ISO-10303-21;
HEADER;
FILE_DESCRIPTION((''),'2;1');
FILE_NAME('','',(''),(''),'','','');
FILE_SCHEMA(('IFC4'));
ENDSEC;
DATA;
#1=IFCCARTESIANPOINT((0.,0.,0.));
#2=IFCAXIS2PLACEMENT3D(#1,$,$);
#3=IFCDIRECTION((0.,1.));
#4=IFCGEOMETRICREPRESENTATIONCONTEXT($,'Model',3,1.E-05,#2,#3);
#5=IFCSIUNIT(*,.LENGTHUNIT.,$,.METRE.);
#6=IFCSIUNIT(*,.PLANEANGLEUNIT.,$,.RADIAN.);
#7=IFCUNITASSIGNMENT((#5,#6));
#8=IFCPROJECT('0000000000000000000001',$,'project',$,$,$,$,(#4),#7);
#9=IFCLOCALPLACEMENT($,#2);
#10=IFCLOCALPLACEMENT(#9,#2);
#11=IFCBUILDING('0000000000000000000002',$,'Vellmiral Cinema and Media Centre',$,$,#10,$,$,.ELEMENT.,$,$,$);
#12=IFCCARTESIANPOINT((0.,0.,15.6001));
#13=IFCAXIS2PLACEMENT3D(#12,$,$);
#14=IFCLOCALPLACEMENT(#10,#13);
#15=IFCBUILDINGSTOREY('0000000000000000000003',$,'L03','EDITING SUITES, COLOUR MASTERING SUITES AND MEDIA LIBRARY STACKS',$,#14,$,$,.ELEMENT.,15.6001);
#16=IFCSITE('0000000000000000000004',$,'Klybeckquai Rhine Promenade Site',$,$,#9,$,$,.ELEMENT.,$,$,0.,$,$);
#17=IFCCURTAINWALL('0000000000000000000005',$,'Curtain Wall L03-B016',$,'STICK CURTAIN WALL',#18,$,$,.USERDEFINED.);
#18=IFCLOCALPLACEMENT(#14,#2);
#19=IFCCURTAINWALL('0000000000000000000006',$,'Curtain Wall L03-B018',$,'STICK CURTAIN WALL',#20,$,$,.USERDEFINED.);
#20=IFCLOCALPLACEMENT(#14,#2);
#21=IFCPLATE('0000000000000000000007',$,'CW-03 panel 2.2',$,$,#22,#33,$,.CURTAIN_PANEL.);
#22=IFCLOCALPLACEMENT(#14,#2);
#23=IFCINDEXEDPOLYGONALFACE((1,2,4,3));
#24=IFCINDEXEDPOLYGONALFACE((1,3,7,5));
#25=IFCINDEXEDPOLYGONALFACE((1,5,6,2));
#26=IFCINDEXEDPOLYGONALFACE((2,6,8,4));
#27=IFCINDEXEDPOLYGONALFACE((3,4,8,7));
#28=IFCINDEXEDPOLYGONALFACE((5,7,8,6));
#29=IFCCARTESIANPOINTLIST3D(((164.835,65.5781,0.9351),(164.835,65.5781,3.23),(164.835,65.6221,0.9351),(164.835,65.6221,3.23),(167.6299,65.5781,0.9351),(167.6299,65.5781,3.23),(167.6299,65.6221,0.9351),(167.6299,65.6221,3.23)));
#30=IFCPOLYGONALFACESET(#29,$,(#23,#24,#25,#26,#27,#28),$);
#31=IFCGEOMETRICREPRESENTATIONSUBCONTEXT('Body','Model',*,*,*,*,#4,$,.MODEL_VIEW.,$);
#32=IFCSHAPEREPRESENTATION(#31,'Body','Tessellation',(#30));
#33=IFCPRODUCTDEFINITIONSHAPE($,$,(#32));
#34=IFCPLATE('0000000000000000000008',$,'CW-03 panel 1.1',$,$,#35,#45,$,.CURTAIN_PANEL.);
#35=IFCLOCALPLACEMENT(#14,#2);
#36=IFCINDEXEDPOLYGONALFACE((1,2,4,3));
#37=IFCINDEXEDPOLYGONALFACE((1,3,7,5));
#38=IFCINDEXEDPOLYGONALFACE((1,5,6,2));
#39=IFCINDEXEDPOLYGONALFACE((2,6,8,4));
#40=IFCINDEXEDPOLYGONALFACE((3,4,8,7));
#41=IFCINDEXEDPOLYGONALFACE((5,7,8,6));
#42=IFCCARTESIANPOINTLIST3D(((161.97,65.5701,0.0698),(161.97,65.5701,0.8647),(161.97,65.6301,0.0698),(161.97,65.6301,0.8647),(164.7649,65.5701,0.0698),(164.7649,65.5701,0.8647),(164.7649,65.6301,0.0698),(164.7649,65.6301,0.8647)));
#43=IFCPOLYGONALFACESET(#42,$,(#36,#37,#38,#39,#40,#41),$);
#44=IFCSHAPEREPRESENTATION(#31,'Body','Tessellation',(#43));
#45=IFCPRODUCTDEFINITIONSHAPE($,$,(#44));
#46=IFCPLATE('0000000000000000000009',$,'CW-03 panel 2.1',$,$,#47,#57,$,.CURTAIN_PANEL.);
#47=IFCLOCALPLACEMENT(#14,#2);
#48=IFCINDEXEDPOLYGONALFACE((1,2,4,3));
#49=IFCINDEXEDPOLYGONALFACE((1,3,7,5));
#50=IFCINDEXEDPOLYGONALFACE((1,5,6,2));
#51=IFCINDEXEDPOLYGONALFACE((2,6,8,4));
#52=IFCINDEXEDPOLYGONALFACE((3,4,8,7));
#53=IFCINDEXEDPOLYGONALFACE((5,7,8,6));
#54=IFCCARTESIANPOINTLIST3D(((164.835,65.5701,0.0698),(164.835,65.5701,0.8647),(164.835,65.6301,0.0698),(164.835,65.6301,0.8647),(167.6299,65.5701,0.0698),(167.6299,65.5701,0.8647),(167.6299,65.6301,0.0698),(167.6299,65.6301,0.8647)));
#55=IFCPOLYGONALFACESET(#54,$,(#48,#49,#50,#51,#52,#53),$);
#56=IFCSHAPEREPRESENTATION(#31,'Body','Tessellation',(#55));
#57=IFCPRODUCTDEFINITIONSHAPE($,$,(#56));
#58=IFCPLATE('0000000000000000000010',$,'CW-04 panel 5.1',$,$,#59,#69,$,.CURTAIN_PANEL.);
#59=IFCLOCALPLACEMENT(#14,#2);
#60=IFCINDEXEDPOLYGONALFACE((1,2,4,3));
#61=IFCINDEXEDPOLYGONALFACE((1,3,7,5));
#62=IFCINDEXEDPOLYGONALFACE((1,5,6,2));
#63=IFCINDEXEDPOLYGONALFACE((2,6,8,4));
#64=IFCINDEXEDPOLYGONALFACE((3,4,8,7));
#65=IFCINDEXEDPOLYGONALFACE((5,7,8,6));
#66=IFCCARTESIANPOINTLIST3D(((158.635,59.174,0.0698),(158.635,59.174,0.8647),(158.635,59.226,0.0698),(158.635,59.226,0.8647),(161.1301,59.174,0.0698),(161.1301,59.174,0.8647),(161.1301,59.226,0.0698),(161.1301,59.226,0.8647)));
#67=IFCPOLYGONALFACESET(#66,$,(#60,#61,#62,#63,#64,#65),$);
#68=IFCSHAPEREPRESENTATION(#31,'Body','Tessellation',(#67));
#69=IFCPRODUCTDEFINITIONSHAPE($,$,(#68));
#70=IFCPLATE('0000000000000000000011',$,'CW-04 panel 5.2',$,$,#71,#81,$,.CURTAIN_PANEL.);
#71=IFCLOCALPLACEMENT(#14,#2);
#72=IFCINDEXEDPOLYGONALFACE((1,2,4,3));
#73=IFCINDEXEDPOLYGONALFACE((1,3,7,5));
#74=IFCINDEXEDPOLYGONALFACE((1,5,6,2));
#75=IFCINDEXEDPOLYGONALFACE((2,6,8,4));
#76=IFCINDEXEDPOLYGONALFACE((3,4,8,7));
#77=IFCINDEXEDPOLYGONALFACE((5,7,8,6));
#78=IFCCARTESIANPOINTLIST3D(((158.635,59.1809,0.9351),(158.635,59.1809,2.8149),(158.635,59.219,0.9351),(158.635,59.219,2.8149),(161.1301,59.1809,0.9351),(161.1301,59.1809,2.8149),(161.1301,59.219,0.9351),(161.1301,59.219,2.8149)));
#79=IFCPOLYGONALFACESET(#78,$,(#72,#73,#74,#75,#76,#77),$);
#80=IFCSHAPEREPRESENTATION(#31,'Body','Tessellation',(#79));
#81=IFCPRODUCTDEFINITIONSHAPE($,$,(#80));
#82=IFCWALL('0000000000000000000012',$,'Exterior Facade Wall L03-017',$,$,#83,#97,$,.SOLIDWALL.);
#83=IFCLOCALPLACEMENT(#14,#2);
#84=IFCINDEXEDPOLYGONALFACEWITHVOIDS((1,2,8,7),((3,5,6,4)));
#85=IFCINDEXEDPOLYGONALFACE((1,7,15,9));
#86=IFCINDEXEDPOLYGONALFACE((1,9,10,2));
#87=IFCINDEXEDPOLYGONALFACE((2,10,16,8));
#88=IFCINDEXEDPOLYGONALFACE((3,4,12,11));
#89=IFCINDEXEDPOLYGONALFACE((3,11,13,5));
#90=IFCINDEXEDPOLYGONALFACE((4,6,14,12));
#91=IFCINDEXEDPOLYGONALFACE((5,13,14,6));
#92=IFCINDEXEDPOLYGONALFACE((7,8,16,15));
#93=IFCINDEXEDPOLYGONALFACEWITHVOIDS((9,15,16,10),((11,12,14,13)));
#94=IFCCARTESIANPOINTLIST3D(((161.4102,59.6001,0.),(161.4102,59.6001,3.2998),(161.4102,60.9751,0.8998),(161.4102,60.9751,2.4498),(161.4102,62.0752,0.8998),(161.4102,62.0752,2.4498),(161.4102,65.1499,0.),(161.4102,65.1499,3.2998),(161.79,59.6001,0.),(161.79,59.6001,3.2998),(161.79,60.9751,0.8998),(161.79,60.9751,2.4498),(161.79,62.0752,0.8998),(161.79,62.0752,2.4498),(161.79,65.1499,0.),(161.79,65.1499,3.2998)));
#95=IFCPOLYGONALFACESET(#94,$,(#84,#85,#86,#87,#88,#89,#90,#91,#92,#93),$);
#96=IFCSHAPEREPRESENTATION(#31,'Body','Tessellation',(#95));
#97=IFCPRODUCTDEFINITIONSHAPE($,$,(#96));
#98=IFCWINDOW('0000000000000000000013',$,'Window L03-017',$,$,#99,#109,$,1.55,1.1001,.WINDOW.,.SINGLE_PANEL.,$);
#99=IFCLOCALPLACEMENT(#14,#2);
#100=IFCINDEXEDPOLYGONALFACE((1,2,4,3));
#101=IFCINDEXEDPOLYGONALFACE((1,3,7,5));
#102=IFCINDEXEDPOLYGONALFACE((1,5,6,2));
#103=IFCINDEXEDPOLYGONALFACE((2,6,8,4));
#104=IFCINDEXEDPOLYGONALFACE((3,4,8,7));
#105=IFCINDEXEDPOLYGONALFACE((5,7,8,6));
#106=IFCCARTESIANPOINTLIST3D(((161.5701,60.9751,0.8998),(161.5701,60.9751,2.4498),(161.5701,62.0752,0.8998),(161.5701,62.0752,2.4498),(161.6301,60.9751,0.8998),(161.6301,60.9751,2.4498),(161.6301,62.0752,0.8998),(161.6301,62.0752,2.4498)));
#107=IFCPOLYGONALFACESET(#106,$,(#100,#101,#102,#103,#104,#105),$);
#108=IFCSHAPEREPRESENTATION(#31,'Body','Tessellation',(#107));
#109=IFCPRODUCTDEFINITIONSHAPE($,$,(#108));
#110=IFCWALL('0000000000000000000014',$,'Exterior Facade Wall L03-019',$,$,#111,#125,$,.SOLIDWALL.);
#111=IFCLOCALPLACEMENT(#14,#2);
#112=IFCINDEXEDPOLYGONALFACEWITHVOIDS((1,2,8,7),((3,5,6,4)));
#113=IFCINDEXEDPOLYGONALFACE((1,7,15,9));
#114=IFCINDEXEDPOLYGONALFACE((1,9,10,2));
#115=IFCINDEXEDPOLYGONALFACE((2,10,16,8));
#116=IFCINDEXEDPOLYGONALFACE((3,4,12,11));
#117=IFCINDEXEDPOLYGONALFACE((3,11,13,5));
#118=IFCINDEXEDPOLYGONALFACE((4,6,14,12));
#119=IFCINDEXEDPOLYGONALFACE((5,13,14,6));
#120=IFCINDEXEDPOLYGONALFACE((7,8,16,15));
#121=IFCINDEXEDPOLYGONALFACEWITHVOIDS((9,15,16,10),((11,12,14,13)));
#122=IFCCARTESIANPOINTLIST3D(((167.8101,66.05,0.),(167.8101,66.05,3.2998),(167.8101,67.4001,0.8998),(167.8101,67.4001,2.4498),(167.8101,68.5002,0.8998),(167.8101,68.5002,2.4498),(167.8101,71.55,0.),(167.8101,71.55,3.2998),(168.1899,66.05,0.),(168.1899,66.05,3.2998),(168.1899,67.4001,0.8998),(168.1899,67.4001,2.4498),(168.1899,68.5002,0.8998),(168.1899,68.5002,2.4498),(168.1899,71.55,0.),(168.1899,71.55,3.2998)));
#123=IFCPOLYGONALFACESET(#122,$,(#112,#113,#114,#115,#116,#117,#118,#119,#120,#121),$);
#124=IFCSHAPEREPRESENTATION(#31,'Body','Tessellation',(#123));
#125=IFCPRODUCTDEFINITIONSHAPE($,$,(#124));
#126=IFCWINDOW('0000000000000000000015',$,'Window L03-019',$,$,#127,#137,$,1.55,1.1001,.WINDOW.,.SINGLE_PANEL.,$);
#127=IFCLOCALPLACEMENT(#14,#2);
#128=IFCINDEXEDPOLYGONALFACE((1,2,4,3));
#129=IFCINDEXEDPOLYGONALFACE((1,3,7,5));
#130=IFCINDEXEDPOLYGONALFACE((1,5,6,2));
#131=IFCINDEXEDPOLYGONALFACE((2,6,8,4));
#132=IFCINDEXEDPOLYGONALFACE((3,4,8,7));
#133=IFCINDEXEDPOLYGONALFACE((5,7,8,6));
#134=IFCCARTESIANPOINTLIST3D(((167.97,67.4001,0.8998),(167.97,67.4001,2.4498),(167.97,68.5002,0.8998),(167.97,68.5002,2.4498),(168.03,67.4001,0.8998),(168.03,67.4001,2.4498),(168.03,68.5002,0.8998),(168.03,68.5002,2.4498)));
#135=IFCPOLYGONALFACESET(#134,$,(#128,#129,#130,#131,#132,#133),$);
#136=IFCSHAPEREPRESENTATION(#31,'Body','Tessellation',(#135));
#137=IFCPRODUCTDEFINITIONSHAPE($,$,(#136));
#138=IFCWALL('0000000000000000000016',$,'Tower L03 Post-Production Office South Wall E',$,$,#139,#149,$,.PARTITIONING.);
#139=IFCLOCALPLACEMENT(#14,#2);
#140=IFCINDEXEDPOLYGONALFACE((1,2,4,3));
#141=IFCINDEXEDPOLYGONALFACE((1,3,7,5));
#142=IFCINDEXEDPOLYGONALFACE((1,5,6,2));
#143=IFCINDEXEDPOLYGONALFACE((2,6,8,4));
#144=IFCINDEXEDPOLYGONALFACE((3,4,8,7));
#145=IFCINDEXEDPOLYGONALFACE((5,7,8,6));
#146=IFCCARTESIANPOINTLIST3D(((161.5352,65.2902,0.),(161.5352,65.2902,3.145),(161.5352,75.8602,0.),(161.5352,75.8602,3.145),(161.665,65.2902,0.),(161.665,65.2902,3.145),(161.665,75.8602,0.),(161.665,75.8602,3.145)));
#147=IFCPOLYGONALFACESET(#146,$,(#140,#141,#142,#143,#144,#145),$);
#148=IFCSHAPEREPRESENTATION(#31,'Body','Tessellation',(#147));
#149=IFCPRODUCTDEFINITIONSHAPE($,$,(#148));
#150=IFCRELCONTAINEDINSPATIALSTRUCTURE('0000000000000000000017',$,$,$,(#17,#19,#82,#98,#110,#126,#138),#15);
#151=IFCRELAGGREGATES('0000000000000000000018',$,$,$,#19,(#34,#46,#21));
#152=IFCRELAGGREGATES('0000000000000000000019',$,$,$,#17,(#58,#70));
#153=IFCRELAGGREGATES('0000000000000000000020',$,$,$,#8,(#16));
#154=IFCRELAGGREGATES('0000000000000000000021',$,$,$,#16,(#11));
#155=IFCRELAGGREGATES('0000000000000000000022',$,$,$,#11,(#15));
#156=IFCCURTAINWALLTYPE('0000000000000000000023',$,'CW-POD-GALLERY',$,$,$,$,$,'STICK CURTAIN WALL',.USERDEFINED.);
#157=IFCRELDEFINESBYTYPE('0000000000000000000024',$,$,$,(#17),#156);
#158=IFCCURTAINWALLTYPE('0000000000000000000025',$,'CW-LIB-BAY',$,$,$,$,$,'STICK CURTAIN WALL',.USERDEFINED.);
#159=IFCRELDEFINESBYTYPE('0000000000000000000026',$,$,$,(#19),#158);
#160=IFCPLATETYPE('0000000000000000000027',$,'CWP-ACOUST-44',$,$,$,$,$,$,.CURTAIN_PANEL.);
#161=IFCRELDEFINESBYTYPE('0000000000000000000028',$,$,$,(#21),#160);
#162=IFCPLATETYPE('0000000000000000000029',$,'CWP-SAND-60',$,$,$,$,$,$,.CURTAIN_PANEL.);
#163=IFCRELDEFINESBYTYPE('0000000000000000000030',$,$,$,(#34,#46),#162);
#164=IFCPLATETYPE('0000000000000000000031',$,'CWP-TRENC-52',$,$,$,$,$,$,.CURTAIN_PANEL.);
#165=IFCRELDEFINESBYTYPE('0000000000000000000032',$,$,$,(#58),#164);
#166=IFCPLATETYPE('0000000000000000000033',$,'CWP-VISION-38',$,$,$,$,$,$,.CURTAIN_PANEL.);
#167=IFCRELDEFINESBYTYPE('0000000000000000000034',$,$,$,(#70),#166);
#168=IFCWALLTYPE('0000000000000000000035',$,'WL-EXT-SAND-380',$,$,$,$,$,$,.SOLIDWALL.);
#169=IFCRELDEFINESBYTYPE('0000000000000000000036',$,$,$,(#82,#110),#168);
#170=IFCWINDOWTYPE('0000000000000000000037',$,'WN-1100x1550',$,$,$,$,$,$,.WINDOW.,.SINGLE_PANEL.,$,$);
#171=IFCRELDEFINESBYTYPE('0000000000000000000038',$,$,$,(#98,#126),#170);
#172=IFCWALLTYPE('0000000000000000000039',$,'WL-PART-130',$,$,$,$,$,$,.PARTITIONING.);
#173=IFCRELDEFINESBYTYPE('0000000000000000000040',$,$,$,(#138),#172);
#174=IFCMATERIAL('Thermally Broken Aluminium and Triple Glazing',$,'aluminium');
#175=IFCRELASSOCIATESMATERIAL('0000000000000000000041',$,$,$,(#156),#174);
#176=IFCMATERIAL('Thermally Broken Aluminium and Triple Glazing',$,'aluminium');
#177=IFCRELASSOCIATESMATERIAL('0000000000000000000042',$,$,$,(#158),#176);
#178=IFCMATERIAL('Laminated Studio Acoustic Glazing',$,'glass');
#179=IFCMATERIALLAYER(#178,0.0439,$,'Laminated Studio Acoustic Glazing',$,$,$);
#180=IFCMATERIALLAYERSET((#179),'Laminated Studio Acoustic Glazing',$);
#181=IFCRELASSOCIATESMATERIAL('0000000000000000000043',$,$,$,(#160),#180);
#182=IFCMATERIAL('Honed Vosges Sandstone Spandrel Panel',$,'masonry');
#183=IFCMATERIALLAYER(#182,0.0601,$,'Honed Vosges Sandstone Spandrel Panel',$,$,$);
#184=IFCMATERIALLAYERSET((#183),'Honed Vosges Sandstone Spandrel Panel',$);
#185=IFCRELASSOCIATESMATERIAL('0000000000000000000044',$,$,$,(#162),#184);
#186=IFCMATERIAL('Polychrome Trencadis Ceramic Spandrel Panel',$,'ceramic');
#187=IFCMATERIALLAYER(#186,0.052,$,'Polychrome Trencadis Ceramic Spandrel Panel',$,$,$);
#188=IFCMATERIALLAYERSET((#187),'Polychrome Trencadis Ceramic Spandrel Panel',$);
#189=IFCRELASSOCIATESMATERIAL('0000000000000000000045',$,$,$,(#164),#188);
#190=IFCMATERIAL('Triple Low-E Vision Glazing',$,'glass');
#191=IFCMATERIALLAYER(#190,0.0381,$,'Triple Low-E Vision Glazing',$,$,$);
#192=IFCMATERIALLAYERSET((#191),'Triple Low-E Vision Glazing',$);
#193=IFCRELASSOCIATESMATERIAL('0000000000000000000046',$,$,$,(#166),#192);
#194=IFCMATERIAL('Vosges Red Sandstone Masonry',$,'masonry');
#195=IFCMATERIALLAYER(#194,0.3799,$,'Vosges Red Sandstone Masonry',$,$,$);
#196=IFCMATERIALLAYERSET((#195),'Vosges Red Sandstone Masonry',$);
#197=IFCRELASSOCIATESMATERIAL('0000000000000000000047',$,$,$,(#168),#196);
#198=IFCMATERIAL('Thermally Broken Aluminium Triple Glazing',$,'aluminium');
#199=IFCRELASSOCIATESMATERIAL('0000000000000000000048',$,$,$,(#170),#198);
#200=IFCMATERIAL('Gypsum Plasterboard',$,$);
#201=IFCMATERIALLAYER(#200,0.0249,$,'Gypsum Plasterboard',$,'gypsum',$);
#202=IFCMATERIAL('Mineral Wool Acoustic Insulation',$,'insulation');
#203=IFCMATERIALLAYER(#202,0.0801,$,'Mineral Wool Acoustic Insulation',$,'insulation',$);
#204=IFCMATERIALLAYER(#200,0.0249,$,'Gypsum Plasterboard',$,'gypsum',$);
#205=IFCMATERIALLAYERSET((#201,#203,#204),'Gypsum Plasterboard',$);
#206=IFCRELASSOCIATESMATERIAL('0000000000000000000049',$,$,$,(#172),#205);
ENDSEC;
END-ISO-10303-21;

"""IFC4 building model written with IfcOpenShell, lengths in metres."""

from ifc_helpers import new_model, si_unit, direction, frame, frame_2d, origin, origin_2d, place, context, subcontext, project, spatial, rectangle, extrude, material, layer, layer_set, type_object, element, fill, aggregate, save


model = new_model("IFC4")

# Units and contexts
model_context = context("Model", 3, precision=1e-05, world=origin(), true_north=direction((0.0, 1.0)))
body_context = subcontext(model_context, "Body", "Model", "MODEL_VIEW")
ifc_project = project(units=[si_unit("LENGTHUNIT", "METRE"), si_unit("PLANEANGLEUNIT", "RADIAN")], contexts=[model_context])

# Site, building, storey
site_placement = place(None, origin())
site = spatial("IfcSite", under=ifc_project, at=site_placement, Name="Klybeckquai Rhine Promenade Site", CompositionType="ELEMENT", RefElevation=0.0)
building_placement = place(site_placement, origin())
building = spatial("IfcBuilding", under=site, at=building_placement, Name="Vellmiral Cinema and Media Centre", CompositionType="ELEMENT")
storey_placement = place(building_placement, frame((0.0, 0.0, 15.6001)))
storey = spatial("IfcBuildingStorey", under=building, at=storey_placement, Name="L03", Description="EDITING SUITES, COLOUR MASTERING SUITES AND MEDIA LIBRARY STACKS", CompositionType="ELEMENT", Elevation=15.6001)

# Curtain wall
ifc_material_1 = material(Name="Thermally Broken Aluminium and Triple Glazing", Category="aluminium")
curtain_wall_type_1 = type_object("IfcCurtainWallType", Name="CW-POD-GALLERY", ElementType="STICK CURTAIN WALL", PredefinedType="USERDEFINED", material=ifc_material_1)
curtain_wall_1_placement = place(storey_placement, origin())
curtain_wall_1 = element("IfcCurtainWall", 1, at=curtain_wall_1_placement, inside=storey, type_object=curtain_wall_type_1, Name="Curtain Wall L03-B016", ObjectType="STICK CURTAIN WALL", PredefinedType="USERDEFINED")

# Curtain wall
ifc_material_2 = material(Name="Thermally Broken Aluminium and Triple Glazing", Category="aluminium")
curtain_wall_type_2 = type_object("IfcCurtainWallType", Name="CW-LIB-BAY", ElementType="STICK CURTAIN WALL", PredefinedType="USERDEFINED", material=ifc_material_2)
curtain_wall_2_placement = place(storey_placement, origin())
curtain_wall_2 = element("IfcCurtainWall", 2, at=curtain_wall_2_placement, inside=storey, type_object=curtain_wall_type_2, Name="Curtain Wall L03-B018", ObjectType="STICK CURTAIN WALL", PredefinedType="USERDEFINED")

# Plates
ifc_material_3 = material(Name="Laminated Studio Acoustic Glazing", Category="glass")
ifc_layer_1 = layer(ifc_material_3, 0.0439, Name="Laminated Studio Acoustic Glazing")
ifc_layer_set_1 = layer_set([ifc_layer_1], Name="Laminated Studio Acoustic Glazing")
plate_type_1 = type_object("IfcPlateType", Name="CWP-ACOUST-44", PredefinedType="CURTAIN_PANEL", material=ifc_layer_set_1)
plate_1_placement = place(storey_placement, frame((166.2324, 65.6001, 0.9351), z_axis=(0.0, 0.0, 1.0), x_axis=(1.0, 0.0, 0.0)))
plate_1 = element("IfcPlate", 3, at=plate_1_placement, type_object=plate_type_1, Name="CW-03 panel 2.2", PredefinedType="CURTAIN_PANEL", context=body_context, shape_type="SweptSolid", body=[
    extrude(rectangle(XDim=2.7949, YDim=0.0439, at=origin_2d()), origin(), (0.0, 0.0, 1.0), 2.2949),
])
ifc_material_4 = material(Name="Honed Vosges Sandstone Spandrel Panel", Category="masonry")
ifc_layer_2 = layer(ifc_material_4, 0.0601, Name="Honed Vosges Sandstone Spandrel Panel")
ifc_layer_set_2 = layer_set([ifc_layer_2], Name="Honed Vosges Sandstone Spandrel Panel")
plate_type_2 = type_object("IfcPlateType", Name="CWP-SAND-60", PredefinedType="CURTAIN_PANEL", material=ifc_layer_set_2)
plate_2_placement = place(storey_placement, frame((163.3674, 65.6001, 0.0698), z_axis=(0.0, 0.0, 1.0), x_axis=(1.0, 0.0, 0.0)))
plate_2 = element("IfcPlate", 4, at=plate_2_placement, type_object=plate_type_2, Name="CW-03 panel 1.1", PredefinedType="CURTAIN_PANEL", context=body_context, shape_type="SweptSolid", body=[
    extrude(rectangle(XDim=2.7949, YDim=0.0601, at=origin_2d()), origin(), (0.0, 0.0, 1.0), 0.7949),
])
plate_3_placement = place(storey_placement, frame((166.2324, 65.6001, 0.0698), z_axis=(0.0, 0.0, 1.0), x_axis=(1.0, 0.0, 0.0)))
plate_3 = element("IfcPlate", 5, at=plate_3_placement, type_object=plate_type_2, Name="CW-03 panel 2.1", PredefinedType="CURTAIN_PANEL", context=body_context, shape_type="SweptSolid", body=[
    extrude(rectangle(XDim=2.7949, YDim=0.0601, at=origin_2d()), origin(), (0.0, 0.0, 1.0), 0.7949),
])
aggregate(curtain_wall_2, [plate_2, plate_3, plate_1])
ifc_material_5 = material(Name="Polychrome Trencadis Ceramic Spandrel Panel", Category="ceramic")
ifc_layer_3 = layer(ifc_material_5, 0.052, Name="Polychrome Trencadis Ceramic Spandrel Panel")
ifc_layer_set_3 = layer_set([ifc_layer_3], Name="Polychrome Trencadis Ceramic Spandrel Panel")
plate_type_3 = type_object("IfcPlateType", Name="CWP-TRENC-52", PredefinedType="CURTAIN_PANEL", material=ifc_layer_set_3)
plate_4_placement = place(storey_placement, frame((159.8826, 59.2, 0.0698), z_axis=(0.0, 0.0, 1.0), x_axis=(1.0, 0.0, 0.0)))
plate_4 = element("IfcPlate", 6, at=plate_4_placement, type_object=plate_type_3, Name="CW-04 panel 5.1", PredefinedType="CURTAIN_PANEL", context=body_context, shape_type="SweptSolid", body=[
    extrude(rectangle(XDim=2.4951, YDim=0.052, at=origin_2d()), origin(), (0.0, 0.0, 1.0), 0.7949),
])
ifc_material_6 = material(Name="Triple Low-E Vision Glazing", Category="glass")
ifc_layer_4 = layer(ifc_material_6, 0.0381, Name="Triple Low-E Vision Glazing")
ifc_layer_set_4 = layer_set([ifc_layer_4], Name="Triple Low-E Vision Glazing")
plate_type_4 = type_object("IfcPlateType", Name="CWP-VISION-38", PredefinedType="CURTAIN_PANEL", material=ifc_layer_set_4)
plate_5_placement = place(storey_placement, frame((159.8826, 59.2, 0.9351), z_axis=(0.0, 0.0, 1.0), x_axis=(1.0, 0.0, 0.0)))
plate_5 = element("IfcPlate", 7, at=plate_5_placement, type_object=plate_type_4, Name="CW-04 panel 5.2", PredefinedType="CURTAIN_PANEL", context=body_context, shape_type="SweptSolid", body=[
    extrude(rectangle(XDim=2.4951, YDim=0.0381, at=origin_2d()), origin(), (0.0, 0.0, 1.0), 1.8799),
])
aggregate(curtain_wall_1, [plate_4, plate_5])

# Walls, openings, windows
ifc_material_7 = material(Name="Vosges Red Sandstone Masonry", Category="masonry")
ifc_layer_5 = layer(ifc_material_7, 0.3799, Name="Vosges Red Sandstone Masonry")
ifc_layer_set_5 = layer_set([ifc_layer_5], Name="Vosges Red Sandstone Masonry")
wall_type_1 = type_object("IfcWallType", Name="WL-EXT-SAND-380", PredefinedType="SOLIDWALL", material=ifc_layer_set_5)
wall_1_placement = place(storey_placement, frame((161.6001, 59.6001, 0.0), z_axis=(0.0, 0.0, 1.0), x_axis=(0.0, 1.0, 0.0)))
wall_1 = element("IfcWall", 8, at=wall_1_placement, inside=storey, type_object=wall_type_1, Name="Exterior Facade Wall L03-017", PredefinedType="SOLIDWALL", context=body_context, shape_type="SweptSolid", body=[
    extrude(rectangle(XDim=5.5498, YDim=0.3799, at=frame_2d((2.7749, 0.0))), origin(), (0.0, 0.0, 1.0), 3.2998),
])
opening_1_placement = place(wall_1_placement, frame((1.375, 0.0, 0.8999)))
opening_1 = element("IfcOpeningElement", 9, at=opening_1_placement, cuts=wall_1, PredefinedType="OPENING", context=body_context, shape_type="SweptSolid", body=[
    extrude(rectangle(XDim=1.1001, YDim=1.55, at=frame_2d((0.55, 0.7749))), frame((0.0, 0.2019, 0.0), z_axis=(0.0, -1.0, 0.0), x_axis=(1.0, 0.0, 0.0)), (0.0, 0.0, 1.0), 0.4038),
])
ifc_material_8 = material(Name="Thermally Broken Aluminium Triple Glazing", Category="aluminium")
window_type = type_object("IfcWindowType", Name="WN-1100x1550", PartitioningType="SINGLE_PANEL", PredefinedType="WINDOW", material=ifc_material_8)
window_1_placement = place(opening_1_placement, origin())
window_1 = element("IfcWindow", 10, at=window_1_placement, inside=storey, type_object=window_type, Name="Window L03-017", OverallHeight=1.55, OverallWidth=1.1001, PartitioningType="SINGLE_PANEL", PredefinedType="WINDOW", context=body_context, shape_type="SweptSolid", body=[
    extrude(rectangle(XDim=1.1001, YDim=1.55, at=frame_2d((0.55, 0.7749))), frame((0.0, 0.03, 0.0), z_axis=(0.0, -1.0, 0.0), x_axis=(1.0, 0.0, 0.0)), (0.0, 0.0, 1.0), 0.0601),
])
fill(opening_1, window_1)
wall_2_placement = place(storey_placement, frame((168.0, 66.05, 0.0), z_axis=(0.0, 0.0, 1.0), x_axis=(0.0, 1.0, 0.0)))
wall_2 = element("IfcWall", 11, at=wall_2_placement, inside=storey, type_object=wall_type_1, Name="Exterior Facade Wall L03-019", PredefinedType="SOLIDWALL", context=body_context, shape_type="SweptSolid", body=[
    extrude(rectangle(XDim=5.5, YDim=0.3799, at=frame_2d((2.75, 0.0))), origin(), (0.0, 0.0, 1.0), 3.2998),
])
opening_2_placement = place(wall_2_placement, frame((1.3501, 0.0, 0.8999)))
opening_2 = element("IfcOpeningElement", 12, at=opening_2_placement, cuts=wall_2, PredefinedType="OPENING", context=body_context, shape_type="SweptSolid", body=[
    extrude(rectangle(XDim=1.1001, YDim=1.55, at=frame_2d((0.55, 0.7749))), frame((0.0, 0.2019, 0.0), z_axis=(0.0, -1.0, 0.0), x_axis=(1.0, 0.0, 0.0)), (0.0, 0.0, 1.0), 0.4038),
])
window_2_placement = place(opening_2_placement, origin())
window_2 = element("IfcWindow", 13, at=window_2_placement, inside=storey, type_object=window_type, Name="Window L03-019", OverallHeight=1.55, OverallWidth=1.1001, PartitioningType="SINGLE_PANEL", PredefinedType="WINDOW", context=body_context, shape_type="SweptSolid", body=[
    extrude(rectangle(XDim=1.1001, YDim=1.55, at=frame_2d((0.55, 0.7749))), frame((0.0, 0.03, 0.0), z_axis=(0.0, -1.0, 0.0), x_axis=(1.0, 0.0, 0.0)), (0.0, 0.0, 1.0), 0.0601),
])
fill(opening_2, window_2)

# Wall
ifc_material_9 = material(Name="Gypsum Plasterboard")
ifc_layer_6 = layer(ifc_material_9, 0.0249, Name="Gypsum Plasterboard", Category="gypsum")
ifc_material_10 = material(Name="Mineral Wool Acoustic Insulation", Category="insulation")
ifc_layer_7 = layer(ifc_material_10, 0.0801, Name="Mineral Wool Acoustic Insulation", Category="insulation")
ifc_layer_8 = layer(ifc_material_9, 0.0249, Name="Gypsum Plasterboard", Category="gypsum")
ifc_layer_set_6 = layer_set([ifc_layer_6, ifc_layer_7, ifc_layer_8], Name="Gypsum Plasterboard")
wall_type_2 = type_object("IfcWallType", Name="WL-PART-130", PredefinedType="PARTITIONING", material=ifc_layer_set_6)
wall_3_placement = place(storey_placement, frame((161.6001, 65.29, 0.0), z_axis=(0.0, 0.0, 1.0), x_axis=(0.0, 1.0, 0.0)))
element("IfcWall", 14, at=wall_3_placement, inside=storey, type_object=wall_type_2, Name="Tower L03 Post-Production Office South Wall E", PredefinedType="PARTITIONING", context=body_context, shape_type="SweptSolid", body=[
    extrude(rectangle(XDim=10.5701, YDim=0.1299, at=frame_2d((5.2852, 0.0))), origin(), (0.0, 0.0, 1.0), 3.145),
])

save(model, "model.ifc")
